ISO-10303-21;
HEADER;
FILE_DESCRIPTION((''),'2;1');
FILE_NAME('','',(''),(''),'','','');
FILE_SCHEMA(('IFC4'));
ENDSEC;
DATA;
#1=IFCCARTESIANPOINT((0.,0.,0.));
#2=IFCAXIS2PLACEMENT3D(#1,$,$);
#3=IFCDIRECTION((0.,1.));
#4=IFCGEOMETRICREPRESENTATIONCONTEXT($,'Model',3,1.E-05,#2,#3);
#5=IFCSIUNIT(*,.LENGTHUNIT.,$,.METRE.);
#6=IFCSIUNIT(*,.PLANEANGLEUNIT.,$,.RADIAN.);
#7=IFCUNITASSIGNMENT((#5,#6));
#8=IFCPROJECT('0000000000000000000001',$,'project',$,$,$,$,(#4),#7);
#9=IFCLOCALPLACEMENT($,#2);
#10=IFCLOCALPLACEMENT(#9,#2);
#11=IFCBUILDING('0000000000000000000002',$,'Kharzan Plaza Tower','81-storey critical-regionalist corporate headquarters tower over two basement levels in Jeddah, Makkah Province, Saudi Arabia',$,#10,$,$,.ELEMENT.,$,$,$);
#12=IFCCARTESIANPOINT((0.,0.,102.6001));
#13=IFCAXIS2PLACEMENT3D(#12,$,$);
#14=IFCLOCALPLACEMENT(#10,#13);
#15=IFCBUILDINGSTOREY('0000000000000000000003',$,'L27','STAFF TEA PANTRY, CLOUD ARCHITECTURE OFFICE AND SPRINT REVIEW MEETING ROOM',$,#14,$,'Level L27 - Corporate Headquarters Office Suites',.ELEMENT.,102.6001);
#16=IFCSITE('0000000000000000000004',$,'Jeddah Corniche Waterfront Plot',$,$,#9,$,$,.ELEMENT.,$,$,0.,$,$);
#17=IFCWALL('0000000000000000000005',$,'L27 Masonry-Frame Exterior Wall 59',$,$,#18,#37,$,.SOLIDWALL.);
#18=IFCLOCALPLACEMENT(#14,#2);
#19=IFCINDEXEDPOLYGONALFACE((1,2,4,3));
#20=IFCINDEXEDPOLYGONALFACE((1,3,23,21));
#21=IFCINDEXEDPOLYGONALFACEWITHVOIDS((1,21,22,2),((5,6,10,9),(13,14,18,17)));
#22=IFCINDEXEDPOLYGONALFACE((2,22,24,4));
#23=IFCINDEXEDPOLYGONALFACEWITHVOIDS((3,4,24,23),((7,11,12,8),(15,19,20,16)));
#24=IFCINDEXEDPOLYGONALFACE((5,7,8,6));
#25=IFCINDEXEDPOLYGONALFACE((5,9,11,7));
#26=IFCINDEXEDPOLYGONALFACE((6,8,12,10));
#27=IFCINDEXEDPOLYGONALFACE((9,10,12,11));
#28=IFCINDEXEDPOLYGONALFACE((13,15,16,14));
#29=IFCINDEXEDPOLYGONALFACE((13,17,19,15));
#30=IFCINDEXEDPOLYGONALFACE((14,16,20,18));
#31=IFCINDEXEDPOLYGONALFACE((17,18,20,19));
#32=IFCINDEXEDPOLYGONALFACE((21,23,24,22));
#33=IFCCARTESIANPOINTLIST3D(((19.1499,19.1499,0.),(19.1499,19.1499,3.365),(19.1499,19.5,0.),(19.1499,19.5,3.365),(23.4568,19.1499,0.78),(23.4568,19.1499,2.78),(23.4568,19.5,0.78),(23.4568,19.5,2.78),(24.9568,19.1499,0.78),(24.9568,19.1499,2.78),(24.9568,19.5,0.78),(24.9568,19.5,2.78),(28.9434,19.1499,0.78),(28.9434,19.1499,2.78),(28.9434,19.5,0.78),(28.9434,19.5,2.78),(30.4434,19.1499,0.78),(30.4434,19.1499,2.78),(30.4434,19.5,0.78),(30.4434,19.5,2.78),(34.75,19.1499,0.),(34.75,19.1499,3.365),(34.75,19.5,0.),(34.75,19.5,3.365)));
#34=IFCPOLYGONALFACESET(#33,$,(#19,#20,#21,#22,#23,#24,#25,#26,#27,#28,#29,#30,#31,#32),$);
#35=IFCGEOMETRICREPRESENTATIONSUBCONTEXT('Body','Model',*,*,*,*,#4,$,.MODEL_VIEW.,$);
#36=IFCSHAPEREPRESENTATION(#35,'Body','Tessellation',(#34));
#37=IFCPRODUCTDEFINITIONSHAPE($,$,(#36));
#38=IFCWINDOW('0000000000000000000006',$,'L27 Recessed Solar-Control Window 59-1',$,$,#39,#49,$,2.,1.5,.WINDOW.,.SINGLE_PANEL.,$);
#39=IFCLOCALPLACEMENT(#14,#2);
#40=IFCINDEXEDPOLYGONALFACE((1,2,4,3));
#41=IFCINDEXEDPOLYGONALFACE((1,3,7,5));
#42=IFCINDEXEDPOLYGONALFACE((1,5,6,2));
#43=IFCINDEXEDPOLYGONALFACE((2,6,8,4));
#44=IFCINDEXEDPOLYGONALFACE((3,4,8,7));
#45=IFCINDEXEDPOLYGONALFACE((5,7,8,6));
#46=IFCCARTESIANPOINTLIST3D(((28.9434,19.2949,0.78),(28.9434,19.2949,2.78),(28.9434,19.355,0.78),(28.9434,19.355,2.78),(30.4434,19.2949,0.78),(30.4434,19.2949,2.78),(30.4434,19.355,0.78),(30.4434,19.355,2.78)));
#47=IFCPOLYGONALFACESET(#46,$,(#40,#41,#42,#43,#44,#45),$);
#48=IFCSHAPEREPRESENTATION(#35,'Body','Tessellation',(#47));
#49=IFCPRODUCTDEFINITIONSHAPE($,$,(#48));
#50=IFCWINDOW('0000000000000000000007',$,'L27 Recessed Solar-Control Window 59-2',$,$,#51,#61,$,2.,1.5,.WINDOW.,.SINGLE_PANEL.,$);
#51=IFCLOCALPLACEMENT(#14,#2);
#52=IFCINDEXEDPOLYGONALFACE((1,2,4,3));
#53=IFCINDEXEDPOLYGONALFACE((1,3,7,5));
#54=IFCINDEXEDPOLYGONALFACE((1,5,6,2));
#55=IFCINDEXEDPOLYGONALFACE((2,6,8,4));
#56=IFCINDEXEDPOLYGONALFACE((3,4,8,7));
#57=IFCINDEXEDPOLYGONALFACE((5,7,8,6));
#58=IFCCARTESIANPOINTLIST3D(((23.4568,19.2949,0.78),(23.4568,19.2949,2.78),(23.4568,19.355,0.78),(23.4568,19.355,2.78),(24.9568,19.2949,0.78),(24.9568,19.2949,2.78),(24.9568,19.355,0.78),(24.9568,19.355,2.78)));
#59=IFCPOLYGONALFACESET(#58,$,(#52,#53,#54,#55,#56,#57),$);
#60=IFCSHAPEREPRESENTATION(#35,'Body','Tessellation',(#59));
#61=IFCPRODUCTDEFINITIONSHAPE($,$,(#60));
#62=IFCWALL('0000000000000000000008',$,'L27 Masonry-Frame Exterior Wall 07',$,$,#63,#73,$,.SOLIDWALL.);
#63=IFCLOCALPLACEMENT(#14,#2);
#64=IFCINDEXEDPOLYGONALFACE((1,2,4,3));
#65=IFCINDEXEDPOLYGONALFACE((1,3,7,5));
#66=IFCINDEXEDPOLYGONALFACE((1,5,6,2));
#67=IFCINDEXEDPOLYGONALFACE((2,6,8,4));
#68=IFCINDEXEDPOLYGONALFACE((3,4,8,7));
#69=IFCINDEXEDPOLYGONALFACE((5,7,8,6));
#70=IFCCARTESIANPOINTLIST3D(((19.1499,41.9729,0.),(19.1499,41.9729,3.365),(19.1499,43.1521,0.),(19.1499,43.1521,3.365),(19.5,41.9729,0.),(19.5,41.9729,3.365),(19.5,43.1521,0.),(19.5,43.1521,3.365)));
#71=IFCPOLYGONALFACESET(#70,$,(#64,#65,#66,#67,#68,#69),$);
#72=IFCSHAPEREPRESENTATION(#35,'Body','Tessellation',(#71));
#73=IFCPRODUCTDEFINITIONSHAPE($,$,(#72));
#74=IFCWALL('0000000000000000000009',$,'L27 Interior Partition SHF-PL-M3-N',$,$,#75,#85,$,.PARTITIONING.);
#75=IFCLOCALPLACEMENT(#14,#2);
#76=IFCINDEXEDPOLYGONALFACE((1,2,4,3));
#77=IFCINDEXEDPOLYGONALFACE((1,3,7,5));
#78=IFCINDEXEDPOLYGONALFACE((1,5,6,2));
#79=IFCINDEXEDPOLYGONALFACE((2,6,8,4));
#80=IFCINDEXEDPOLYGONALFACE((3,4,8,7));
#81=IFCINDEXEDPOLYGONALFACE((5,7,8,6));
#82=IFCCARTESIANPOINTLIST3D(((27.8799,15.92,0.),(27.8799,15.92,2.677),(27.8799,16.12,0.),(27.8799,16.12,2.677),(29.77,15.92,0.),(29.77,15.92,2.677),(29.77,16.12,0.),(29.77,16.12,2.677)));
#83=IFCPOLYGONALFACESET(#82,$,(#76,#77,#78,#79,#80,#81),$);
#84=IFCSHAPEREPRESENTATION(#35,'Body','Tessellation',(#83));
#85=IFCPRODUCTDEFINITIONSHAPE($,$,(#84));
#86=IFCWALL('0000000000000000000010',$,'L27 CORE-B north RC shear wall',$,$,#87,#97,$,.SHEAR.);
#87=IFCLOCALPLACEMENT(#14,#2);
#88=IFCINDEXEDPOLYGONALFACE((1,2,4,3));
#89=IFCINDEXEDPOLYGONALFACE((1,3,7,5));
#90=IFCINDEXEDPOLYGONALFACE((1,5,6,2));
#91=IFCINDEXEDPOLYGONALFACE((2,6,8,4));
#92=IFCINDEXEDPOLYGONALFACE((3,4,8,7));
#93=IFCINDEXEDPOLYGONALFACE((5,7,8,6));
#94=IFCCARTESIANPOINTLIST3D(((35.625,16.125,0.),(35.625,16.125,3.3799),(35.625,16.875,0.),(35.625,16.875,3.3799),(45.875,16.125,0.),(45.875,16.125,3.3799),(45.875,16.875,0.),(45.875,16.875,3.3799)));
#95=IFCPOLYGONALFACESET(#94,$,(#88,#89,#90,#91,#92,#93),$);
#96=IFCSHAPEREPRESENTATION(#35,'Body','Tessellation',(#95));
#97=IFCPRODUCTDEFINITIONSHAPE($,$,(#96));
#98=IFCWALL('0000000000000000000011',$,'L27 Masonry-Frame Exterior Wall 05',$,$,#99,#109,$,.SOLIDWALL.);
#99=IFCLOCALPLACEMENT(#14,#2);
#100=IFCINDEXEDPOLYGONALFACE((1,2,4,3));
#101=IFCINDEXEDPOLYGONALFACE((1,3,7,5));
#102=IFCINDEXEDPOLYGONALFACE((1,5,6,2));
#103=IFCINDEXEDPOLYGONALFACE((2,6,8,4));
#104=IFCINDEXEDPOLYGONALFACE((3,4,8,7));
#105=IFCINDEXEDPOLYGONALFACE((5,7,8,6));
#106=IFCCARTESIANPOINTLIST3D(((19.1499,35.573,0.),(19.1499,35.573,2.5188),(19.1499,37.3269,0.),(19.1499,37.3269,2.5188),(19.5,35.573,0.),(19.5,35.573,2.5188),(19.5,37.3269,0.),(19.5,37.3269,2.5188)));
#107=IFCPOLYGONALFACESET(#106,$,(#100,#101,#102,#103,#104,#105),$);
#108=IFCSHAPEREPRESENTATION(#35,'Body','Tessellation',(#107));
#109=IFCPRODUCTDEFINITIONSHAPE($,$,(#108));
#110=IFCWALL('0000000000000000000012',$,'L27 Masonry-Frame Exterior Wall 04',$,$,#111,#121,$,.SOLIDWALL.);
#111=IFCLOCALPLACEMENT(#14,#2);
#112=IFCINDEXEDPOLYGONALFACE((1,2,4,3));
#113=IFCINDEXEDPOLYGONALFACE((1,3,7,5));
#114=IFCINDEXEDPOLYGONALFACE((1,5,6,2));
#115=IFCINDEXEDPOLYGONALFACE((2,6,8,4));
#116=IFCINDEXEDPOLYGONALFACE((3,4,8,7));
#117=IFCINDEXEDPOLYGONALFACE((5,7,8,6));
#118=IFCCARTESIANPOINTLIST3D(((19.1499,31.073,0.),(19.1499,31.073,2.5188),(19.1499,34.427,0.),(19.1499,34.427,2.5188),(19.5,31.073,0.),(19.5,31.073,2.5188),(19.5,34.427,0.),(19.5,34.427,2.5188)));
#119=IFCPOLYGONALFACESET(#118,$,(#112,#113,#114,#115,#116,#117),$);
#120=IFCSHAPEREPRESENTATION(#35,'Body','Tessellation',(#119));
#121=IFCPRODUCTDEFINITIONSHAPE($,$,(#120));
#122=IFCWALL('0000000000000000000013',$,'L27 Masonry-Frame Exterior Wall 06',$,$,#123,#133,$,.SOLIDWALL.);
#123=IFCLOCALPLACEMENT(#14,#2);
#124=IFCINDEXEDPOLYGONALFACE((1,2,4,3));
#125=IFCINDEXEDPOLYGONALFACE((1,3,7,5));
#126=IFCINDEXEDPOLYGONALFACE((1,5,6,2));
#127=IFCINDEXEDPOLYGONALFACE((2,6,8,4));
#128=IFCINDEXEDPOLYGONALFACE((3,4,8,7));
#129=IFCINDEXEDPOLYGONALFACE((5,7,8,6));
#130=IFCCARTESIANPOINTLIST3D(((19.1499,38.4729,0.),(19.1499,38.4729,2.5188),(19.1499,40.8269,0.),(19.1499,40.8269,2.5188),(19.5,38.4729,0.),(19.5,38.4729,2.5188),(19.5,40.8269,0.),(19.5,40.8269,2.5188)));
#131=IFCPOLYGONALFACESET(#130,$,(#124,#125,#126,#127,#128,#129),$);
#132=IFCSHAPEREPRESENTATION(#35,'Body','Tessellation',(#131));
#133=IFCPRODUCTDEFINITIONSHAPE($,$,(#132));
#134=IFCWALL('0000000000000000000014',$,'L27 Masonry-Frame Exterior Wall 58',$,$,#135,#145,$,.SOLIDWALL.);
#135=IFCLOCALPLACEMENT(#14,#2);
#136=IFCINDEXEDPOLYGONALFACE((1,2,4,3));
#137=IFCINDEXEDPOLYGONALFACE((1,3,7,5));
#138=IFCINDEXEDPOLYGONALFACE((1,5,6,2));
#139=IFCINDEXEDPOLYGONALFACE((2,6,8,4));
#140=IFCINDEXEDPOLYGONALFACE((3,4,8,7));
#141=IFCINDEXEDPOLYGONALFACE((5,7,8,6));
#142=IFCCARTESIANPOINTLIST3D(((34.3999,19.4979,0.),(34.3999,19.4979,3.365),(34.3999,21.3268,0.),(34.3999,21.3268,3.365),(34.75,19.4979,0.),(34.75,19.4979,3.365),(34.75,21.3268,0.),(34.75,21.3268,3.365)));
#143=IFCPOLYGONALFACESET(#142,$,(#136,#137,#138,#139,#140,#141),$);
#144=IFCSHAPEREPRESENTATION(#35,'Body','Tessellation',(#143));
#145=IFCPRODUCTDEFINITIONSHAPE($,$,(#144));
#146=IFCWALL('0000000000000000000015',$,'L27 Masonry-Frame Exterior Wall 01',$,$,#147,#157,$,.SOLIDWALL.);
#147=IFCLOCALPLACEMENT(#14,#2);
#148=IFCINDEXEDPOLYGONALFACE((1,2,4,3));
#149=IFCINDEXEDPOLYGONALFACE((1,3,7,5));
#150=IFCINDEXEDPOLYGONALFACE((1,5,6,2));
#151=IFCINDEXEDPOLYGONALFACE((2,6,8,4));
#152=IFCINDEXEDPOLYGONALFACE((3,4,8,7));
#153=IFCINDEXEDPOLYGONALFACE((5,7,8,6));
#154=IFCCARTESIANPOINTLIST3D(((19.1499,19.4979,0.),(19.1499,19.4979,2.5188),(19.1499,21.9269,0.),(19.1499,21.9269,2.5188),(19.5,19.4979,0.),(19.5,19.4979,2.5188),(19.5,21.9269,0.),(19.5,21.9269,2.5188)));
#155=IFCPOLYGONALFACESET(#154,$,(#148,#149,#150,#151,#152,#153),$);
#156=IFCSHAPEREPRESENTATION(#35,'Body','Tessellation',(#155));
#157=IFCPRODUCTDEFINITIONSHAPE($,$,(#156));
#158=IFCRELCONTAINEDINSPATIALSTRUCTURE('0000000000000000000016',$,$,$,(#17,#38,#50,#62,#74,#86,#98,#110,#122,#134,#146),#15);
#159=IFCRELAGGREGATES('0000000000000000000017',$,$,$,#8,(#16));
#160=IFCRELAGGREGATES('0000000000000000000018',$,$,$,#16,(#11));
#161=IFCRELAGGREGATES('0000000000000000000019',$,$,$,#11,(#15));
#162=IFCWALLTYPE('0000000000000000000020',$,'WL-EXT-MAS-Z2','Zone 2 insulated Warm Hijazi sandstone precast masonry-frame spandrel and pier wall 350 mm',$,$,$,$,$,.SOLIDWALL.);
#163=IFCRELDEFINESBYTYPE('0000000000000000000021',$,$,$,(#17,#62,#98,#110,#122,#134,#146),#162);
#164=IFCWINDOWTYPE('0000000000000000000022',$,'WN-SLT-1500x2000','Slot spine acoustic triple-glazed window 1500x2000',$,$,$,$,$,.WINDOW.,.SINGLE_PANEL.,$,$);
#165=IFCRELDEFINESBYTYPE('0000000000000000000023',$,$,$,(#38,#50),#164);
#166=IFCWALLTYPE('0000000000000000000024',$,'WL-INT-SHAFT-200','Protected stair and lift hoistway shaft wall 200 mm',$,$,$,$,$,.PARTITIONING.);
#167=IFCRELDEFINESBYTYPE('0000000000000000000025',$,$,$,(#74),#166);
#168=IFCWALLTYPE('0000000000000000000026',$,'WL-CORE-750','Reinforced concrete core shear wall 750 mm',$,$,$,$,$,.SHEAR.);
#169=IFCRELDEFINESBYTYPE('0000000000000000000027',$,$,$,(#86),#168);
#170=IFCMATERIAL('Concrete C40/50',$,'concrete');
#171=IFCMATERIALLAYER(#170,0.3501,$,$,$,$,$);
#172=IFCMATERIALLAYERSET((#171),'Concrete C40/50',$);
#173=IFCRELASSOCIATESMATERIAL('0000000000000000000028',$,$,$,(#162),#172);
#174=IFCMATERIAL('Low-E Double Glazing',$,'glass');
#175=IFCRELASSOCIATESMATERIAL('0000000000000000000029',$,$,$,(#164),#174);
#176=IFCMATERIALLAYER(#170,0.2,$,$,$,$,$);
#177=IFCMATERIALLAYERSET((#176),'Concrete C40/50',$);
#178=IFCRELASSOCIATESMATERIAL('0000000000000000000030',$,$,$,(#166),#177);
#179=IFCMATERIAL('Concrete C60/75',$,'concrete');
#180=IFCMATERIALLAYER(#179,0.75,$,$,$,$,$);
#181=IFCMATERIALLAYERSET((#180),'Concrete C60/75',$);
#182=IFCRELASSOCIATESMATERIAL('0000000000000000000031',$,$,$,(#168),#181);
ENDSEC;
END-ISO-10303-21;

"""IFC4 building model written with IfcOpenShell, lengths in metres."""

from ifc_helpers import new_model, si_unit, direction, frame, frame_2d, origin, place, context, subcontext, project, spatial, rectangle, extrude, source, transform, mapped, material, layer, layer_set, type_object, element, fill, save


model = new_model("IFC4")

# Units and contexts
model_context = context("Model", 3, precision=1e-05, world=origin(), true_north=direction((0.0, 1.0)))
body_context = subcontext(model_context, "Body", "Model", "MODEL_VIEW")
ifc_project = project(units=[si_unit("LENGTHUNIT", "METRE"), si_unit("PLANEANGLEUNIT", "RADIAN")], contexts=[model_context])

# Site, building, storey
site_placement = place(None, origin())
site = spatial("IfcSite", under=ifc_project, at=site_placement, Name="Jeddah Corniche Waterfront Plot", CompositionType="ELEMENT", RefElevation=0.0)
building_placement = place(site_placement, origin())
building = spatial("IfcBuilding", under=site, at=building_placement, Name="Kharzan Plaza Tower", Description="81-storey critical-regionalist corporate headquarters tower over two basement levels in Jeddah, Makkah Province, Saudi Arabia", CompositionType="ELEMENT")
storey_placement = place(building_placement, frame((0.0, 0.0, 102.6001)))
storey = spatial("IfcBuildingStorey", under=building, at=storey_placement, Name="L27", Description="STAFF TEA PANTRY, CLOUD ARCHITECTURE OFFICE AND SPRINT REVIEW MEETING ROOM", LongName="Level L27 - Corporate Headquarters Office Suites", CompositionType="ELEMENT", Elevation=102.6001)

# Shared definitions
ifc_material_1 = material(Name="Concrete C60/75", Category="concrete")

# Shared definitions
ifc_material_2 = material(Name="Concrete C40/50", Category="concrete")
ifc_layer_1 = layer(ifc_material_2, 0.3501)
ifc_layer_set_1 = layer_set([ifc_layer_1], Name="Concrete C40/50")
wall_type_1 = type_object("IfcWallType", Name="WL-EXT-MAS-Z2", Description="Zone 2 insulated Warm Hijazi sandstone precast masonry-frame spandrel and pier wall 350 mm", PredefinedType="SOLIDWALL", material=ifc_layer_set_1)
ifc_material_3 = material(Name="Low-E Double Glazing", Category="glass")
window_type_1 = type_object("IfcWindowType", Name="WN-SLT-1500x2000", Description="Slot spine acoustic triple-glazed window 1500x2000", PartitioningType="SINGLE_PANEL", PredefinedType="WINDOW", material=ifc_material_3)

# Wall, openings, windows
wall_1_placement = place(storey_placement, frame((34.75, 19.325, 0.0), z_axis=(0.0, 0.0, 1.0), x_axis=(-1.0, 0.0, 0.0)))
wall_1 = element("IfcWall", 1, at=wall_1_placement, inside=storey, type_object=wall_type_1, Name="L27 Masonry-Frame Exterior Wall 59", PredefinedType="SOLIDWALL", context=body_context, shape_type="SweptSolid", body=[
    extrude(rectangle(XDim=15.6001, YDim=0.3501, at=frame_2d((7.8, 0.0))), origin(), (0.0, 0.0, 1.0), 3.365),
])
opening_1_placement = place(wall_1_placement, frame((4.3066, 0.0, 0.78)))
opening_1 = element("IfcOpeningElement", 2, at=opening_1_placement, cuts=wall_1, PredefinedType="OPENING", context=body_context, shape_type="SweptSolid", body=[
    extrude(rectangle(XDim=1.5, YDim=2.0, at=frame_2d((0.75, 1.0))), frame((0.0, 0.1851, 0.0), z_axis=(0.0, -1.0, 0.0), x_axis=(1.0, 0.0, 0.0)), (0.0, 0.0, 1.0), 0.3701),
])
opening_2_placement = place(wall_1_placement, frame((9.7932, 0.0, 0.78)))
opening_2 = element("IfcOpeningElement", 3, at=opening_2_placement, cuts=wall_1, PredefinedType="OPENING", context=body_context, shape_type="SweptSolid", body=[
    extrude(rectangle(XDim=1.5, YDim=2.0, at=frame_2d((0.75, 1.0))), frame((0.0, 0.1851, 0.0), z_axis=(0.0, -1.0, 0.0), x_axis=(1.0, 0.0, 0.0)), (0.0, 0.0, 1.0), 0.3701),
])
shared_shape_1 = source(origin(), body_context, "Body", "SweptSolid", [
    extrude(rectangle(XDim=1.5, YDim=2.0, at=frame_2d((0.75, 1.0))), frame((0.0, 0.03, 0.0), z_axis=(0.0, -1.0, 0.0), x_axis=(1.0, 0.0, 0.0)), (0.0, 0.0, 1.0), 0.0601),
])
window_1_placement = place(opening_1_placement, origin())
window_1 = element("IfcWindow", 4, at=window_1_placement, inside=storey, type_object=window_type_1, Name="L27 Recessed Solar-Control Window 59-1", OverallHeight=2.0, OverallWidth=1.5, PartitioningType="SINGLE_PANEL", PredefinedType="WINDOW", context=body_context, shape_type="MappedRepresentation", body=[
    mapped(shared_shape_1, transform((0.0, 0.0, 0.0), x_axis=(1.0, 0.0, 0.0), y_axis=(0.0, 1.0, 0.0), z_axis=(0.0, 0.0, 1.0))),
])
fill(opening_1, window_1)
window_2_placement = place(opening_2_placement, origin())
window_2 = element("IfcWindow", 5, at=window_2_placement, inside=storey, type_object=window_type_1, Name="L27 Recessed Solar-Control Window 59-2", OverallHeight=2.0, OverallWidth=1.5, PartitioningType="SINGLE_PANEL", PredefinedType="WINDOW", context=body_context, shape_type="MappedRepresentation", body=[
    mapped(shared_shape_1, transform((0.0, 0.0, 0.0), x_axis=(1.0, 0.0, 0.0), y_axis=(0.0, 1.0, 0.0), z_axis=(0.0, 0.0, 1.0))),
])
fill(opening_2, window_2)

# Walls
shared_shape_2 = source(origin(), body_context, "Body", "SweptSolid", [
    extrude(rectangle(XDim=1.1792, YDim=0.3501, at=frame_2d((0.5896, 0.0))), origin(), (0.0, 0.0, 1.0), 3.365),
])
wall_2_placement = place(storey_placement, frame((19.325, 41.9729, 0.0), z_axis=(0.0, 0.0, 1.0), x_axis=(0.0, 1.0, 0.0)))
element("IfcWall", 6, at=wall_2_placement, inside=storey, type_object=wall_type_1, Name="L27 Masonry-Frame Exterior Wall 07", PredefinedType="SOLIDWALL", context=body_context, shape_type="MappedRepresentation", body=[
    mapped(shared_shape_2, transform((0.0, 0.0, 0.0), x_axis=(1.0, 0.0, 0.0), y_axis=(0.0, 1.0, 0.0), z_axis=(0.0, 0.0, 1.0))),
])
ifc_layer_2 = layer(ifc_material_2, 0.2)
ifc_layer_set_2 = layer_set([ifc_layer_2], Name="Concrete C40/50")
wall_type_2 = type_object("IfcWallType", Name="WL-INT-SHAFT-200", Description="Protected stair and lift hoistway shaft wall 200 mm", PredefinedType="PARTITIONING", material=ifc_layer_set_2)
shared_shape_3 = source(origin(), body_context, "Body", "SweptSolid", [
    extrude(rectangle(XDim=1.8901, YDim=0.2, at=frame_2d((0.9451, 0.0))), origin(), (0.0, 0.0, 1.0), 2.677),
])
wall_3_placement = place(storey_placement, frame((27.8799, 16.02, 0.0), z_axis=(0.0, 0.0, 1.0), x_axis=(1.0, 0.0, 0.0)))
element("IfcWall", 7, at=wall_3_placement, inside=storey, type_object=wall_type_2, Name="L27 Interior Partition SHF-PL-M3-N", PredefinedType="PARTITIONING", context=body_context, shape_type="MappedRepresentation", body=[
    mapped(shared_shape_3, transform((0.0, 0.0, 0.0), x_axis=(1.0, 0.0, 0.0), y_axis=(0.0, 1.0, 0.0), z_axis=(0.0, 0.0, 1.0))),
])
ifc_layer_3 = layer(ifc_material_1, 0.75)
ifc_layer_set_3 = layer_set([ifc_layer_3], Name="Concrete C60/75")
wall_type_3 = type_object("IfcWallType", Name="WL-CORE-750", Description="Reinforced concrete core shear wall 750 mm", PredefinedType="SHEAR", material=ifc_layer_set_3)
shared_shape_4 = source(origin(), body_context, "Body", "SweptSolid", [
    extrude(rectangle(XDim=10.25, YDim=0.75, at=frame_2d((5.125, 0.0))), origin(), (0.0, 0.0, 1.0), 3.3799),
])
wall_4_placement = place(storey_placement, frame((35.625, 16.5, 0.0), z_axis=(0.0, 0.0, 1.0), x_axis=(1.0, 0.0, 0.0)))
element("IfcWall", 8, at=wall_4_placement, inside=storey, type_object=wall_type_3, Name="L27 CORE-B north RC shear wall", PredefinedType="SHEAR", context=body_context, shape_type="MappedRepresentation", body=[
    mapped(shared_shape_4, transform((0.0, 0.0, 0.0), x_axis=(1.0, 0.0, 0.0), y_axis=(0.0, 1.0, 0.0), z_axis=(0.0, 0.0, 1.0))),
])
shared_shape_5 = source(origin(), body_context, "Body", "SweptSolid", [
    extrude(rectangle(XDim=1.7539, YDim=0.3501, at=frame_2d((0.877, 0.0))), origin(), (0.0, 0.0, 1.0), 2.5188),
])
wall_5_placement = place(storey_placement, frame((19.325, 35.573, 0.0), z_axis=(0.0, 0.0, 1.0), x_axis=(0.0, 1.0, 0.0)))
element("IfcWall", 9, at=wall_5_placement, inside=storey, type_object=wall_type_1, Name="L27 Masonry-Frame Exterior Wall 05", PredefinedType="SOLIDWALL", context=body_context, shape_type="MappedRepresentation", body=[
    mapped(shared_shape_5, transform((0.0, 0.0, 0.0), x_axis=(1.0, 0.0, 0.0), y_axis=(0.0, 1.0, 0.0), z_axis=(0.0, 0.0, 1.0))),
])
shared_shape_6 = source(origin(), body_context, "Body", "SweptSolid", [
    extrude(rectangle(XDim=3.354, YDim=0.3501, at=frame_2d((1.677, 0.0))), origin(), (0.0, 0.0, 1.0), 2.5188),
])
wall_6_placement = place(storey_placement, frame((19.325, 31.073, 0.0), z_axis=(0.0, 0.0, 1.0), x_axis=(0.0, 1.0, 0.0)))
element("IfcWall", 10, at=wall_6_placement, inside=storey, type_object=wall_type_1, Name="L27 Masonry-Frame Exterior Wall 04", PredefinedType="SOLIDWALL", context=body_context, shape_type="MappedRepresentation", body=[
    mapped(shared_shape_6, transform((0.0, 0.0, 0.0), x_axis=(1.0, 0.0, 0.0), y_axis=(0.0, 1.0, 0.0), z_axis=(0.0, 0.0, 1.0))),
])
shared_shape_7 = source(origin(), body_context, "Body", "SweptSolid", [
    extrude(rectangle(XDim=2.354, YDim=0.3501, at=frame_2d((1.177, 0.0))), origin(), (0.0, 0.0, 1.0), 2.5188),
])
wall_7_placement = place(storey_placement, frame((19.325, 38.4729, 0.0), z_axis=(0.0, 0.0, 1.0), x_axis=(0.0, 1.0, 0.0)))
element("IfcWall", 11, at=wall_7_placement, inside=storey, type_object=wall_type_1, Name="L27 Masonry-Frame Exterior Wall 06", PredefinedType="SOLIDWALL", context=body_context, shape_type="MappedRepresentation", body=[
    mapped(shared_shape_7, transform((0.0, 0.0, 0.0), x_axis=(1.0, 0.0, 0.0), y_axis=(0.0, 1.0, 0.0), z_axis=(0.0, 0.0, 1.0))),
])
shared_shape_8 = source(origin(), body_context, "Body", "SweptSolid", [
    extrude(rectangle(XDim=1.8289, YDim=0.3501, at=frame_2d((0.9146, 0.0))), origin(), (0.0, 0.0, 1.0), 3.365),
])
wall_8_placement = place(storey_placement, frame((34.575, 21.3269, 0.0), z_axis=(0.0, 0.0, 1.0), x_axis=(0.0, -1.0, 0.0)))
element("IfcWall", 12, at=wall_8_placement, inside=storey, type_object=wall_type_1, Name="L27 Masonry-Frame Exterior Wall 58", PredefinedType="SOLIDWALL", context=body_context, shape_type="MappedRepresentation", body=[
    mapped(shared_shape_8, transform((0.0, 0.0, 0.0), x_axis=(1.0, 0.0, 0.0), y_axis=(0.0, 1.0, 0.0), z_axis=(0.0, 0.0, 1.0))),
])
shared_shape_9 = source(origin(), body_context, "Body", "SweptSolid", [
    extrude(rectangle(XDim=2.429, YDim=0.3501, at=frame_2d((1.2144, 0.0))), origin(), (0.0, 0.0, 1.0), 2.5188),
])
wall_9_placement = place(storey_placement, frame((19.325, 19.498, 0.0), z_axis=(0.0, 0.0, 1.0), x_axis=(0.0, 1.0, 0.0)))
element("IfcWall", 13, at=wall_9_placement, inside=storey, type_object=wall_type_1, Name="L27 Masonry-Frame Exterior Wall 01", PredefinedType="SOLIDWALL", context=body_context, shape_type="MappedRepresentation", body=[
    mapped(shared_shape_9, transform((0.0, 0.0, 0.0), x_axis=(1.0, 0.0, 0.0), y_axis=(0.0, 1.0, 0.0), z_axis=(0.0, 0.0, 1.0))),
])

save(model, "model.ifc")
